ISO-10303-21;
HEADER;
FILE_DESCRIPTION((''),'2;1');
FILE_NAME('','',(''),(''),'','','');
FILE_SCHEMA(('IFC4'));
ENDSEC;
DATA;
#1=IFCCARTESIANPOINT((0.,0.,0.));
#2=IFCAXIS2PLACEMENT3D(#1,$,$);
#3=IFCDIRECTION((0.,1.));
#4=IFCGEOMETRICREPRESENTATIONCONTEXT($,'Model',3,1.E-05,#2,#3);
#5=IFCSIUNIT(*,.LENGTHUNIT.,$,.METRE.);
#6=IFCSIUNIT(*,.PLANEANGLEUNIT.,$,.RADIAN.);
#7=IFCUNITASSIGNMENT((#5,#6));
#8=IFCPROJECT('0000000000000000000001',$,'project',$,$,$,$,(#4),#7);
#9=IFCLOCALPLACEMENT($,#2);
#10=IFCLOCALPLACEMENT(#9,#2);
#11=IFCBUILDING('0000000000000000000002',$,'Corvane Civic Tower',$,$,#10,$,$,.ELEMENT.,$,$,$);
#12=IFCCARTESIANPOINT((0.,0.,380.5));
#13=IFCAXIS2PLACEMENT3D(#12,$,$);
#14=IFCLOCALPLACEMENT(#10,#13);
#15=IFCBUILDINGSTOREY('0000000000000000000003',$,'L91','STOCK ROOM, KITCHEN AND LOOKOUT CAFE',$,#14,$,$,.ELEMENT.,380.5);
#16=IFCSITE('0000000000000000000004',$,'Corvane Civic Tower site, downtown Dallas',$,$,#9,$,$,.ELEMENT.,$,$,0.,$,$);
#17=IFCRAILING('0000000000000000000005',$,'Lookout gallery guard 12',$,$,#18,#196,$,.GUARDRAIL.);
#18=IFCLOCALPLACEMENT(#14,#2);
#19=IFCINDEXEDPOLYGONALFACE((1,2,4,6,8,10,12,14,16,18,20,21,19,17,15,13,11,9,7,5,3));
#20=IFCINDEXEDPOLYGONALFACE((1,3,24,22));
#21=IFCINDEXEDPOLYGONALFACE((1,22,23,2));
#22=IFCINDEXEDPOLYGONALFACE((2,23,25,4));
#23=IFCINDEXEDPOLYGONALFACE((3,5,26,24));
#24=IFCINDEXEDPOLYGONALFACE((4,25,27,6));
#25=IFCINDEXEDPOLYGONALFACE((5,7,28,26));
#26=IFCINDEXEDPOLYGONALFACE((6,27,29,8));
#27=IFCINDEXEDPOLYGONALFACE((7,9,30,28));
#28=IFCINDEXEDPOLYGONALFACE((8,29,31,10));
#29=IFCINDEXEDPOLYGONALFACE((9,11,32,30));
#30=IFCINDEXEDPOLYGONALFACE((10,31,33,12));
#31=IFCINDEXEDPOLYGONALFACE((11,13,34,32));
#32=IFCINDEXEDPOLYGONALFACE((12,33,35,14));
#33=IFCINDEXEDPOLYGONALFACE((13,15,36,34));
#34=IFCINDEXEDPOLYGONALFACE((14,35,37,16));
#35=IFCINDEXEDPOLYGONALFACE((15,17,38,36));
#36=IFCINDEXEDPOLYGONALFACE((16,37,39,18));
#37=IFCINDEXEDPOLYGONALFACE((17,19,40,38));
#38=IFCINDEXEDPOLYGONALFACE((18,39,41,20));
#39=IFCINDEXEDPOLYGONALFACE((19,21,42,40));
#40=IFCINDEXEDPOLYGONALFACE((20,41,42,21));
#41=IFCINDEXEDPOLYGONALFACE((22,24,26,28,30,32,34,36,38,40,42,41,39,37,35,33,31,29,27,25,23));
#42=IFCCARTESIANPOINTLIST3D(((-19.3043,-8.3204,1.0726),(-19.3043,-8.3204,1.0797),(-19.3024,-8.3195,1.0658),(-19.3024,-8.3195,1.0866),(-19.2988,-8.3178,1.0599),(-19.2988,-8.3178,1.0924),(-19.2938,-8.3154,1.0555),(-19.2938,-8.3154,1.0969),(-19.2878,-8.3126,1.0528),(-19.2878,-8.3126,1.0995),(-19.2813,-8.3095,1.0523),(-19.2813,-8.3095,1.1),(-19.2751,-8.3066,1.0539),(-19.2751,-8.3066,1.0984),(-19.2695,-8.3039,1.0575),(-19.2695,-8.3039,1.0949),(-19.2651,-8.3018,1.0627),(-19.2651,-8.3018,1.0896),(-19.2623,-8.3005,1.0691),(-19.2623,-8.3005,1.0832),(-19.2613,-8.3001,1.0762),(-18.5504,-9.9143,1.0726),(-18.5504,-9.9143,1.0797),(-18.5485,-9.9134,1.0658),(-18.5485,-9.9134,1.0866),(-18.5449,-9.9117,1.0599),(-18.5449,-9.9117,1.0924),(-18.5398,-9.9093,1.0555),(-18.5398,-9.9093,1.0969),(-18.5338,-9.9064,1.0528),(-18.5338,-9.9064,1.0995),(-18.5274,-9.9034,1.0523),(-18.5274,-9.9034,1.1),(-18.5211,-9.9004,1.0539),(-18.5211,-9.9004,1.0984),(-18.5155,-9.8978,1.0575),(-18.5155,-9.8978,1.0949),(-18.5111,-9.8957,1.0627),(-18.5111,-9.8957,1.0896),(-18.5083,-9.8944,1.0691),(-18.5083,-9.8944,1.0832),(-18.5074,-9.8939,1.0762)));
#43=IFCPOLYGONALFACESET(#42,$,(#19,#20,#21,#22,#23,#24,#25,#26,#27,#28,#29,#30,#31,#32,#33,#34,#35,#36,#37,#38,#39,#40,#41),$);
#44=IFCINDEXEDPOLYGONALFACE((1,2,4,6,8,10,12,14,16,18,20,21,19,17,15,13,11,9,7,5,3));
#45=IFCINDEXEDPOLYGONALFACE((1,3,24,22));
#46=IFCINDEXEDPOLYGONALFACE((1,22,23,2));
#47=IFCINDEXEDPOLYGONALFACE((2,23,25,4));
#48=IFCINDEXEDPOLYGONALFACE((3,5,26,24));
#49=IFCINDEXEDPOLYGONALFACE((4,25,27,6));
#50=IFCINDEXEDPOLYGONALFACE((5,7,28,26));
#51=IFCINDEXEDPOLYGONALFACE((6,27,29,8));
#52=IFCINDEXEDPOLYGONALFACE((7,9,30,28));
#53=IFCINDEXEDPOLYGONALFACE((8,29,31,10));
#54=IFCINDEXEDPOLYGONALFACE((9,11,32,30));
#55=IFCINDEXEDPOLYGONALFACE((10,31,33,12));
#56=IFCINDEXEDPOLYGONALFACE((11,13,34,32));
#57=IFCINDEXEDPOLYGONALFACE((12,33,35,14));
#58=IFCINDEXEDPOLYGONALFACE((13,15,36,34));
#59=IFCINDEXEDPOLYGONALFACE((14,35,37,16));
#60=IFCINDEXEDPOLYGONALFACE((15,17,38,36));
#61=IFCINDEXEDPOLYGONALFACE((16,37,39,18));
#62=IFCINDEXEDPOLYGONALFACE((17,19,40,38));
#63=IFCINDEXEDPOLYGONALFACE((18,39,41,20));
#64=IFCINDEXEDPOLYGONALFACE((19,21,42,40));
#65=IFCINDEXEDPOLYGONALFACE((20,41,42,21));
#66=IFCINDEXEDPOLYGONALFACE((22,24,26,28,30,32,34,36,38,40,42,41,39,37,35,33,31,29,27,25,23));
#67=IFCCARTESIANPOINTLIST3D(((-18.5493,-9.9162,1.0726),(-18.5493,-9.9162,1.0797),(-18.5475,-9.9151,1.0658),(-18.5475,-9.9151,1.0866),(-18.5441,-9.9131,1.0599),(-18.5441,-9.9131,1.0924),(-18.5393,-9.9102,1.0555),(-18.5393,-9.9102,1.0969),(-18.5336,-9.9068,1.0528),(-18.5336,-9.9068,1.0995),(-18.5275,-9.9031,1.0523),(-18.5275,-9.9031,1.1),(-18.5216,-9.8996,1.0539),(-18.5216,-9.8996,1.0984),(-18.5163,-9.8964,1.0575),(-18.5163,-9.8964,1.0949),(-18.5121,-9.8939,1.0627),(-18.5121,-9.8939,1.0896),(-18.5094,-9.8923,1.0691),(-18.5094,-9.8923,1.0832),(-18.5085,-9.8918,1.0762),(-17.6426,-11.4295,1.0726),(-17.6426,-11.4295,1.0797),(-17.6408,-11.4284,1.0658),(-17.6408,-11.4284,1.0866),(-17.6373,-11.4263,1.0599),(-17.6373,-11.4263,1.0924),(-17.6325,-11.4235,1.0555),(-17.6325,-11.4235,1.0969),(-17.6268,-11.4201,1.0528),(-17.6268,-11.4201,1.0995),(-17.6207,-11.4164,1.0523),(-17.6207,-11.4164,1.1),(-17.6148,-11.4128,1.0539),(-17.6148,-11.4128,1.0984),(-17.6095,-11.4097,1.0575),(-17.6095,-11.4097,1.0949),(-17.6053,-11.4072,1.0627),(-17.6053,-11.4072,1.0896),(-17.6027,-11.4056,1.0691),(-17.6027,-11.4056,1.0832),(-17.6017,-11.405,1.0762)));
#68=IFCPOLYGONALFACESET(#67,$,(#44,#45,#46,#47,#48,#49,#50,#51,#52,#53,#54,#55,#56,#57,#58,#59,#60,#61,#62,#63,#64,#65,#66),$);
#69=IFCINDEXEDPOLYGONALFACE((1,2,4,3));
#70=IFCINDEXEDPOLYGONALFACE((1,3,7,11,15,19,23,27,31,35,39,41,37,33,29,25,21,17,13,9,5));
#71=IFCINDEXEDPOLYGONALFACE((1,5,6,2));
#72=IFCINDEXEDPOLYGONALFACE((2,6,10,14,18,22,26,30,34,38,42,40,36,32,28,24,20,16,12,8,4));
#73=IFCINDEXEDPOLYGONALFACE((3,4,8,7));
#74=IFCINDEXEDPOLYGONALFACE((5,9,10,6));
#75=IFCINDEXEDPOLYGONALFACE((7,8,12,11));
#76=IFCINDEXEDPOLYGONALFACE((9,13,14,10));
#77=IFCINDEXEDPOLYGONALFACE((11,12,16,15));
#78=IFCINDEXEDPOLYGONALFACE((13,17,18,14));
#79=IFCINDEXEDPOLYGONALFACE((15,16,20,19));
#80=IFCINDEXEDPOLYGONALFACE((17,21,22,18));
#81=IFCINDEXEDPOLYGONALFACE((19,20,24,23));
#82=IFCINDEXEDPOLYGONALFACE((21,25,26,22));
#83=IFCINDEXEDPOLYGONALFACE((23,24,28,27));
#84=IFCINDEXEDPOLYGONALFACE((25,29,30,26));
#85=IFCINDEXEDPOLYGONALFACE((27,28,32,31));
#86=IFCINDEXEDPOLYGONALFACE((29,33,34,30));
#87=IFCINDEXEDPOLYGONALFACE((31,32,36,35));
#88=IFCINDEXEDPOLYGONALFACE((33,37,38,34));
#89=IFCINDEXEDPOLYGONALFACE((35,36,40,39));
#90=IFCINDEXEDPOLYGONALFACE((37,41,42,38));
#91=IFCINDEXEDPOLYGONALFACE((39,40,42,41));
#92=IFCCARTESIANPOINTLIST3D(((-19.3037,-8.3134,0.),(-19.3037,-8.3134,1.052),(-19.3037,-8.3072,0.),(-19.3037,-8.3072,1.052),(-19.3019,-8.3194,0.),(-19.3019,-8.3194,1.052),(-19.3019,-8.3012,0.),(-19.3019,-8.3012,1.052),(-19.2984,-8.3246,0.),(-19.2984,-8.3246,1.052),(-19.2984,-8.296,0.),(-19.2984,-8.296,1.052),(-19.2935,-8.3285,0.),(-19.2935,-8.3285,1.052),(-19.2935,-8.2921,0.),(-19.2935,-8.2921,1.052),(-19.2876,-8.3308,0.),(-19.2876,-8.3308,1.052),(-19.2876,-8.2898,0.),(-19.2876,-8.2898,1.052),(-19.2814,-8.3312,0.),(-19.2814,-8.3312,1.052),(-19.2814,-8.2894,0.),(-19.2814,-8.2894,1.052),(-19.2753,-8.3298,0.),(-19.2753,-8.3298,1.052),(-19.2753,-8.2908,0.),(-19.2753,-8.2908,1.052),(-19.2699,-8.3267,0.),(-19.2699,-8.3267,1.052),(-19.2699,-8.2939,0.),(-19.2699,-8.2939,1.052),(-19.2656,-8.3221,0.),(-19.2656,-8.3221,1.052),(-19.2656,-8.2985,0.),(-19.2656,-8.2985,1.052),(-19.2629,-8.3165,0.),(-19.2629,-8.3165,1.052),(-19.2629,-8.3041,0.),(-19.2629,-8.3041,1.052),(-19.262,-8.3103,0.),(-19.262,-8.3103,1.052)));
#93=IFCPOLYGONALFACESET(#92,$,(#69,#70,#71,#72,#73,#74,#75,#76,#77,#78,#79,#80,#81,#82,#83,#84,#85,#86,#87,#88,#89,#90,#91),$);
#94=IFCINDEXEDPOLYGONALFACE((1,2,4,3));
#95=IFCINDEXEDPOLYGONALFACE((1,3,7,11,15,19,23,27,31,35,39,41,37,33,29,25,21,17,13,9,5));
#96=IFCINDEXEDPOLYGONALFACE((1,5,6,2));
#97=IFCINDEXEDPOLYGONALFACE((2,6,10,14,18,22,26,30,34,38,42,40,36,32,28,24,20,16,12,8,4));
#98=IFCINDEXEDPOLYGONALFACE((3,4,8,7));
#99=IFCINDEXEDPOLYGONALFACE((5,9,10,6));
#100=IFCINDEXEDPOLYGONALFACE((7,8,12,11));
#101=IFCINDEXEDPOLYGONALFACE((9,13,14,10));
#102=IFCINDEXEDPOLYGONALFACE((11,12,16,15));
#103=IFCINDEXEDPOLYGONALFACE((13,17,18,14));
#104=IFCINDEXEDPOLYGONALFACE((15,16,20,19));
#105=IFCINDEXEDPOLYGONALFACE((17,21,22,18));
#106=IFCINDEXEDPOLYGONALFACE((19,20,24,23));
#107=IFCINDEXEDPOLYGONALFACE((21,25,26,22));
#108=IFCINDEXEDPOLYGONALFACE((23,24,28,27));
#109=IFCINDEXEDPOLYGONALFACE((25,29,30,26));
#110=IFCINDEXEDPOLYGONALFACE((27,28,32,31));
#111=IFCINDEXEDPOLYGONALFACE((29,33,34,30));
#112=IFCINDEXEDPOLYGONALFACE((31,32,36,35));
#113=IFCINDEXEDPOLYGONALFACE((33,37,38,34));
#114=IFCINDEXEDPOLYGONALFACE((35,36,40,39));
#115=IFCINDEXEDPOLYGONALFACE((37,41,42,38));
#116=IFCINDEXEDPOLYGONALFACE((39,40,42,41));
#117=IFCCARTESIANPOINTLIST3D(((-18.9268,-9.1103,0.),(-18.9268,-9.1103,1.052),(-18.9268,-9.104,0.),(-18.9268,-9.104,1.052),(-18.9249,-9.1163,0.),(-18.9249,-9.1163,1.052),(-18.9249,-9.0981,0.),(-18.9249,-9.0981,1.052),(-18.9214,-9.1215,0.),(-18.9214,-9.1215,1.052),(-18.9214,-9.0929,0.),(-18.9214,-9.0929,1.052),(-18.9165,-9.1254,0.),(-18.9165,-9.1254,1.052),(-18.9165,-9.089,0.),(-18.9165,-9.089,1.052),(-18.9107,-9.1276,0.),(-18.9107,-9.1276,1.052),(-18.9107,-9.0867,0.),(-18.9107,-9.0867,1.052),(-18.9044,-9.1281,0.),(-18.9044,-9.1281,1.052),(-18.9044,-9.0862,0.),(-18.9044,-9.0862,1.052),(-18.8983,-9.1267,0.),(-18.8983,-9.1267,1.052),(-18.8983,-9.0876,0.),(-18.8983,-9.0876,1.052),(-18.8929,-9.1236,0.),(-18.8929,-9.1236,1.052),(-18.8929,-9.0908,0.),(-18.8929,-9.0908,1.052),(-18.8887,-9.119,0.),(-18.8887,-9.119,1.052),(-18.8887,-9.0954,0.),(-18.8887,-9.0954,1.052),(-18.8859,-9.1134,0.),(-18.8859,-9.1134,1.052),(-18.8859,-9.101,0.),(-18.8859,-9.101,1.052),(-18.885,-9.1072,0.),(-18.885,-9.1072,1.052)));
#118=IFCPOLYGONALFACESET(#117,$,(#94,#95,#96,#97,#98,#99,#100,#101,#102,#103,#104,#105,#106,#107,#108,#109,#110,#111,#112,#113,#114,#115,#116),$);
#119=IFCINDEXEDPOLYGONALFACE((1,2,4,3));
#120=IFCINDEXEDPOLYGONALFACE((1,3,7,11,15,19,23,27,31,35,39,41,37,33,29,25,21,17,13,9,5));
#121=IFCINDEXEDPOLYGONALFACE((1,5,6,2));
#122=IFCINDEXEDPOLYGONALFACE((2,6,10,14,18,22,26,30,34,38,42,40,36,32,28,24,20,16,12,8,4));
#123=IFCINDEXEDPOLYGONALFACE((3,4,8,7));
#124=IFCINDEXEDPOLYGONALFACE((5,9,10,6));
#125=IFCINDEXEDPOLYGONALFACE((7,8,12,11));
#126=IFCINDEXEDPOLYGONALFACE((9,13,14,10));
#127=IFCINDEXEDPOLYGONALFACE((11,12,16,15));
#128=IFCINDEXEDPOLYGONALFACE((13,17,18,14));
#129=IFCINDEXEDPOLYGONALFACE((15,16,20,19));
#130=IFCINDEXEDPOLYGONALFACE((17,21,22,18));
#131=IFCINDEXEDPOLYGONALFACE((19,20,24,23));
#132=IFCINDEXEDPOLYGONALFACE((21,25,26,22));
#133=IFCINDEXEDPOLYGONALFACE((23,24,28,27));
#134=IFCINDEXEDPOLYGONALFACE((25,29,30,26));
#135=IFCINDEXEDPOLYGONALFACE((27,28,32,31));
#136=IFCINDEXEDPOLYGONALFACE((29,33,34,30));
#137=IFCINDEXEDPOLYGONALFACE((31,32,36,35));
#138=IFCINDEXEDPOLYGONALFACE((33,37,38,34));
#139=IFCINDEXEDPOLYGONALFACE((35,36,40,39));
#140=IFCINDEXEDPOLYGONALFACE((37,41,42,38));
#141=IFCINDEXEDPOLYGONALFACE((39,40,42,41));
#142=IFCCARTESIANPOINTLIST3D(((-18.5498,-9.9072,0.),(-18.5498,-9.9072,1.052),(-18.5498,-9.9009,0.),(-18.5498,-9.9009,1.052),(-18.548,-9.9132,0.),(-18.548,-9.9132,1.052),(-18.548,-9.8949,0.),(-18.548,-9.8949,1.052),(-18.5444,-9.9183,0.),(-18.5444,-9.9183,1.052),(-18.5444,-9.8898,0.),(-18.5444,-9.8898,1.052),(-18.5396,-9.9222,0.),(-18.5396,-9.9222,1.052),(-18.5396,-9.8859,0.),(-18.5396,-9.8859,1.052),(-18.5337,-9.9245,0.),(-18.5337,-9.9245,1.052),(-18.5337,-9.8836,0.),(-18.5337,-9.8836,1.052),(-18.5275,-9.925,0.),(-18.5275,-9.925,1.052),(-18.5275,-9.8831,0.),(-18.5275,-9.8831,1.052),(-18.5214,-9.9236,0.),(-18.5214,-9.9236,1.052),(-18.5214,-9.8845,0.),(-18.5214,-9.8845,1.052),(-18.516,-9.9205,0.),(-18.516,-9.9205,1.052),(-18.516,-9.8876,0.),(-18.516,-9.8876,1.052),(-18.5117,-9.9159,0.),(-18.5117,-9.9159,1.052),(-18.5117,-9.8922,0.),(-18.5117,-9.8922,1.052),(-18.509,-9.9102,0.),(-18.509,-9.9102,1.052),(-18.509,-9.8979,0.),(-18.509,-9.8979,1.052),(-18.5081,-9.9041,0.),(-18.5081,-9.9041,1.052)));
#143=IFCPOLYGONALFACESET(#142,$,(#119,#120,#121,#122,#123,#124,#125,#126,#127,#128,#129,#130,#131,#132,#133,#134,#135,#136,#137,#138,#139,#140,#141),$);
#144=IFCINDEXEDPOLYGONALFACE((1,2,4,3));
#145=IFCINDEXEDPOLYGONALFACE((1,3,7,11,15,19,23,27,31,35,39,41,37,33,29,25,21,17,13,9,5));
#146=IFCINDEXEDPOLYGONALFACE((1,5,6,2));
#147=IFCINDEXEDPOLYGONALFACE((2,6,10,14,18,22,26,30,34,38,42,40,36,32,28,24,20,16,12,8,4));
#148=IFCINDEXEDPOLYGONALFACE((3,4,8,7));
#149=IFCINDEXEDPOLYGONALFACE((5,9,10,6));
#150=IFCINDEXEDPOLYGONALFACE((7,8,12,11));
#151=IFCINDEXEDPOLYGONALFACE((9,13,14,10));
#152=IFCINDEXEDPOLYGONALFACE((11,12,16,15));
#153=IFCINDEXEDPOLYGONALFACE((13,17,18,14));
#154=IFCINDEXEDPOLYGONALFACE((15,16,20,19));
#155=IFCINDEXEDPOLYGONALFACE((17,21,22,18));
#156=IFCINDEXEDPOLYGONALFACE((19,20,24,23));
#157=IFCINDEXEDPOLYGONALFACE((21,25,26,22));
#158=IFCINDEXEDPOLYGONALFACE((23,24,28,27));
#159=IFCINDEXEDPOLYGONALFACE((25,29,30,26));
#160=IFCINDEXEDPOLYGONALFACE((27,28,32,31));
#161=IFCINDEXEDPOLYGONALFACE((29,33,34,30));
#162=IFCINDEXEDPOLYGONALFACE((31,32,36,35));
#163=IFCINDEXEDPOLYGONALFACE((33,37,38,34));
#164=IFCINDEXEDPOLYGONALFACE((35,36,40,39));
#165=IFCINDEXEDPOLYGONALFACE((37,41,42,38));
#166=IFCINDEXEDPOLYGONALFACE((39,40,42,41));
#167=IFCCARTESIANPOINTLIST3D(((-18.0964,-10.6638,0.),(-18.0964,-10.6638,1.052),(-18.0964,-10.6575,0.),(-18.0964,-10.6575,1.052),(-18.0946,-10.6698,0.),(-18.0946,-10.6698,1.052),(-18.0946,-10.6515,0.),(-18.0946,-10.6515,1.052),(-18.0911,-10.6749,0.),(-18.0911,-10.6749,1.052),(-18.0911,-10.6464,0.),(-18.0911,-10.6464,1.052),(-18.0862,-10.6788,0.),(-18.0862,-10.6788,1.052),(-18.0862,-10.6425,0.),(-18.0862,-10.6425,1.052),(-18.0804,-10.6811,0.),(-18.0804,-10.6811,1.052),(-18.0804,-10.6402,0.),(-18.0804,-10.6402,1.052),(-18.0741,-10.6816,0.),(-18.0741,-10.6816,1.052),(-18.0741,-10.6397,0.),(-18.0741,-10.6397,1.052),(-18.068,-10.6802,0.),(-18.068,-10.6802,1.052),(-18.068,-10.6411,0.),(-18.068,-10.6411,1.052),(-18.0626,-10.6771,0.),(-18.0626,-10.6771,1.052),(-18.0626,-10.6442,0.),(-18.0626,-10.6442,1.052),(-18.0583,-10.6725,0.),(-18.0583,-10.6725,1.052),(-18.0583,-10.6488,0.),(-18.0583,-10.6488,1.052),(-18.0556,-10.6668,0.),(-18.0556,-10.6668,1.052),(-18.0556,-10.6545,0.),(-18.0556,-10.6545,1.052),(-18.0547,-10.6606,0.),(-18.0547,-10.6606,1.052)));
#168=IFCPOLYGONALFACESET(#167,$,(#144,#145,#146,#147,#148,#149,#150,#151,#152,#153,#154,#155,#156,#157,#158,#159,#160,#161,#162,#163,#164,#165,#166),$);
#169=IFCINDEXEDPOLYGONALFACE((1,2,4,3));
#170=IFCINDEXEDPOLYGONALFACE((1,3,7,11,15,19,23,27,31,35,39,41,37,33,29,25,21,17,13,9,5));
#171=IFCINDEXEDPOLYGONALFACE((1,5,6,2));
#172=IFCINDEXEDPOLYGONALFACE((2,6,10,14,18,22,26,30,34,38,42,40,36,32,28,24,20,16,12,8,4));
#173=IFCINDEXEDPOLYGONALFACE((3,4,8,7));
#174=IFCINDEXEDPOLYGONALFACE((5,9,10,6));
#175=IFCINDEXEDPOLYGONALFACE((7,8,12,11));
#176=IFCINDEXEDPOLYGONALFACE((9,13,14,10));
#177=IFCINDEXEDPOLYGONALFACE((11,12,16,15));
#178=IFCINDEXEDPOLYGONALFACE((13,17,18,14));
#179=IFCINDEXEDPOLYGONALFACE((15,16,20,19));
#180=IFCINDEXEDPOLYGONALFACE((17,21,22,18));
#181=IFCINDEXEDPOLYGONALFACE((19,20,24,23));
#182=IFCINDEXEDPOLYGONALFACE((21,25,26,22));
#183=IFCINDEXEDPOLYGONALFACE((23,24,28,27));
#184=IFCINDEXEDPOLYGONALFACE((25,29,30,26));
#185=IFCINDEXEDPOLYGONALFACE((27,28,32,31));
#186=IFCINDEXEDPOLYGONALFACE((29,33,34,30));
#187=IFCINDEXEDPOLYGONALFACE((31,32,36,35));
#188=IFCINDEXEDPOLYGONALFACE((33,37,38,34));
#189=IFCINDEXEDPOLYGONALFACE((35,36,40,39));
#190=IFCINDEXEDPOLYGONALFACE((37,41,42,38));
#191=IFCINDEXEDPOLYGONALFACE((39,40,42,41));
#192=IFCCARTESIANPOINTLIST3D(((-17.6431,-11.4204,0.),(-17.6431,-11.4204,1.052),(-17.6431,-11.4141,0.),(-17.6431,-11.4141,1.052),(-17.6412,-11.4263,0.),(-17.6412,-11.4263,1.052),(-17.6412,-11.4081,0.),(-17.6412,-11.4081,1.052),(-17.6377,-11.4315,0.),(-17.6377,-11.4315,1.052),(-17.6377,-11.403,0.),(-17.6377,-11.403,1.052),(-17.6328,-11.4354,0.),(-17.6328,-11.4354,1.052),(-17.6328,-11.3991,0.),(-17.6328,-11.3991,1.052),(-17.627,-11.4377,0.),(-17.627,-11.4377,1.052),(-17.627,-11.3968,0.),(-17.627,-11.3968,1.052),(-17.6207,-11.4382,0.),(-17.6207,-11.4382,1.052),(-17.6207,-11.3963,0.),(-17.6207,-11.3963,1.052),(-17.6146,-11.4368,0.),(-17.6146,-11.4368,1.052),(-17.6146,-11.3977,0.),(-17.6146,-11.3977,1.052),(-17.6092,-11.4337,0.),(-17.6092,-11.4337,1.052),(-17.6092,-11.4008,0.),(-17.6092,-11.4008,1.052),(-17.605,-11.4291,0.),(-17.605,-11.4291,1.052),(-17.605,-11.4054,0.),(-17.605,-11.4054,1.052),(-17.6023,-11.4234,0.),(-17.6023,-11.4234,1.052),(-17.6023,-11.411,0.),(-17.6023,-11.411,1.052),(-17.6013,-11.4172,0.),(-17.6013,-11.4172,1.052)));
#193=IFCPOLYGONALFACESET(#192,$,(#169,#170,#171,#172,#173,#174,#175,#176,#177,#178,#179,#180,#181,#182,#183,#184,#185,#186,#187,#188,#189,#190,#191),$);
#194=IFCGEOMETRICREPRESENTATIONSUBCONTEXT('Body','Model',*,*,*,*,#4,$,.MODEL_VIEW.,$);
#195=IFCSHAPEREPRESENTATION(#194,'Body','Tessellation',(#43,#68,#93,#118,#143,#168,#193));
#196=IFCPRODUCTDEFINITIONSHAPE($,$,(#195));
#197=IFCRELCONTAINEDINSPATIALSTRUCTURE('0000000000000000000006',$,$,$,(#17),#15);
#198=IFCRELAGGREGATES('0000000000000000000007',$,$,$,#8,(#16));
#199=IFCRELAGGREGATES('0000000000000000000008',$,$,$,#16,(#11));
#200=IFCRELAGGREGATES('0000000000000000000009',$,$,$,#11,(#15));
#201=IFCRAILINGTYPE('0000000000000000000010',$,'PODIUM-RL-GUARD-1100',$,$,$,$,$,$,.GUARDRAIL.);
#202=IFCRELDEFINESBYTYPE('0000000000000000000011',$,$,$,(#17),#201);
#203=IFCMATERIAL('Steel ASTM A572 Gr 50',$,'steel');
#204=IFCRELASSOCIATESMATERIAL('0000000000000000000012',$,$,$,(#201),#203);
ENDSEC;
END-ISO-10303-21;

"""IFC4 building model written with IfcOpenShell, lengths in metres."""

from ifc_helpers import new_model, si_unit, direction, frame, origin, origin_2d, place, context, subcontext, project, spatial, circle, extrude, material, type_object, element, save


model = new_model("IFC4")

# Units and contexts
model_context = context("Model", 3, precision=1e-05, world=origin(), true_north=direction((0.0, 1.0)))
body_context = subcontext(model_context, "Body", "Model", "MODEL_VIEW")
ifc_project = project(units=[si_unit("LENGTHUNIT", "METRE"), si_unit("PLANEANGLEUNIT", "RADIAN")], contexts=[model_context])

# Site, building, storey
site_placement = place(None, origin())
site = spatial("IfcSite", under=ifc_project, at=site_placement, Name="Corvane Civic Tower site, downtown Dallas", CompositionType="ELEMENT", RefElevation=0.0)
building_placement = place(site_placement, origin())
building = spatial("IfcBuilding", under=site, at=building_placement, Name="Corvane Civic Tower", CompositionType="ELEMENT")
storey_placement = place(building_placement, frame((0.0, 0.0, 380.5)))
storey = spatial("IfcBuildingStorey", under=building, at=storey_placement, Name="L91", Description="STOCK ROOM, KITCHEN AND LOOKOUT CAFE", CompositionType="ELEMENT", Elevation=380.5)

# Railing
ifc_material_1 = material(Name="Steel ASTM A572 Gr 50", Category="steel")
railing_type = type_object("IfcRailingType", Name="PODIUM-RL-GUARD-1100", PredefinedType="GUARDRAIL", material=ifc_material_1)
railing_1_placement = place(storey_placement, frame((-19.283, -8.3103, 0.0)))
element("IfcRailing", 1, at=railing_1_placement, inside=storey, type_object=railing_type, Name="Lookout gallery guard 12", PredefinedType="GUARDRAIL", context=body_context, shape_type="SweptSolid", body=[
    extrude(circle(Radius=0.0239, at=origin_2d()), frame((0.0, 0.0, 1.0762), z_axis=(0.42761, -0.903963, 0.0), x_axis=(0.903963, 0.42761, 0.0)), (0.0, 0.0, 1.0), 1.7632),
    extrude(circle(Radius=0.0239, at=origin_2d()), frame((0.7539, -1.5938, 1.0762), z_axis=(0.514007, -0.857786, 0.0), x_axis=(0.857786, 0.514007, 0.0)), (0.0, 0.0, 1.0), 1.7642),
    extrude(circle(Radius=0.021, at=origin_2d()), origin(), (0.0, 0.0, 1.0), 1.052),
    extrude(circle(Radius=0.021, at=origin_2d()), frame((0.377, -0.7969, 0.0)), (0.0, 0.0, 1.0), 1.052),
    extrude(circle(Radius=0.021, at=origin_2d()), frame((0.7539, -1.5938, 0.0)), (0.0, 0.0, 1.0), 1.052),
    extrude(circle(Radius=0.021, at=origin_2d()), frame((1.2073, -2.3503, 0.0)), (0.0, 0.0, 1.0), 1.052),
    extrude(circle(Radius=0.021, at=origin_2d()), frame((1.6606, -3.1069, 0.0)), (0.0, 0.0, 1.0), 1.052),
])

save(model, "model.ifc")
